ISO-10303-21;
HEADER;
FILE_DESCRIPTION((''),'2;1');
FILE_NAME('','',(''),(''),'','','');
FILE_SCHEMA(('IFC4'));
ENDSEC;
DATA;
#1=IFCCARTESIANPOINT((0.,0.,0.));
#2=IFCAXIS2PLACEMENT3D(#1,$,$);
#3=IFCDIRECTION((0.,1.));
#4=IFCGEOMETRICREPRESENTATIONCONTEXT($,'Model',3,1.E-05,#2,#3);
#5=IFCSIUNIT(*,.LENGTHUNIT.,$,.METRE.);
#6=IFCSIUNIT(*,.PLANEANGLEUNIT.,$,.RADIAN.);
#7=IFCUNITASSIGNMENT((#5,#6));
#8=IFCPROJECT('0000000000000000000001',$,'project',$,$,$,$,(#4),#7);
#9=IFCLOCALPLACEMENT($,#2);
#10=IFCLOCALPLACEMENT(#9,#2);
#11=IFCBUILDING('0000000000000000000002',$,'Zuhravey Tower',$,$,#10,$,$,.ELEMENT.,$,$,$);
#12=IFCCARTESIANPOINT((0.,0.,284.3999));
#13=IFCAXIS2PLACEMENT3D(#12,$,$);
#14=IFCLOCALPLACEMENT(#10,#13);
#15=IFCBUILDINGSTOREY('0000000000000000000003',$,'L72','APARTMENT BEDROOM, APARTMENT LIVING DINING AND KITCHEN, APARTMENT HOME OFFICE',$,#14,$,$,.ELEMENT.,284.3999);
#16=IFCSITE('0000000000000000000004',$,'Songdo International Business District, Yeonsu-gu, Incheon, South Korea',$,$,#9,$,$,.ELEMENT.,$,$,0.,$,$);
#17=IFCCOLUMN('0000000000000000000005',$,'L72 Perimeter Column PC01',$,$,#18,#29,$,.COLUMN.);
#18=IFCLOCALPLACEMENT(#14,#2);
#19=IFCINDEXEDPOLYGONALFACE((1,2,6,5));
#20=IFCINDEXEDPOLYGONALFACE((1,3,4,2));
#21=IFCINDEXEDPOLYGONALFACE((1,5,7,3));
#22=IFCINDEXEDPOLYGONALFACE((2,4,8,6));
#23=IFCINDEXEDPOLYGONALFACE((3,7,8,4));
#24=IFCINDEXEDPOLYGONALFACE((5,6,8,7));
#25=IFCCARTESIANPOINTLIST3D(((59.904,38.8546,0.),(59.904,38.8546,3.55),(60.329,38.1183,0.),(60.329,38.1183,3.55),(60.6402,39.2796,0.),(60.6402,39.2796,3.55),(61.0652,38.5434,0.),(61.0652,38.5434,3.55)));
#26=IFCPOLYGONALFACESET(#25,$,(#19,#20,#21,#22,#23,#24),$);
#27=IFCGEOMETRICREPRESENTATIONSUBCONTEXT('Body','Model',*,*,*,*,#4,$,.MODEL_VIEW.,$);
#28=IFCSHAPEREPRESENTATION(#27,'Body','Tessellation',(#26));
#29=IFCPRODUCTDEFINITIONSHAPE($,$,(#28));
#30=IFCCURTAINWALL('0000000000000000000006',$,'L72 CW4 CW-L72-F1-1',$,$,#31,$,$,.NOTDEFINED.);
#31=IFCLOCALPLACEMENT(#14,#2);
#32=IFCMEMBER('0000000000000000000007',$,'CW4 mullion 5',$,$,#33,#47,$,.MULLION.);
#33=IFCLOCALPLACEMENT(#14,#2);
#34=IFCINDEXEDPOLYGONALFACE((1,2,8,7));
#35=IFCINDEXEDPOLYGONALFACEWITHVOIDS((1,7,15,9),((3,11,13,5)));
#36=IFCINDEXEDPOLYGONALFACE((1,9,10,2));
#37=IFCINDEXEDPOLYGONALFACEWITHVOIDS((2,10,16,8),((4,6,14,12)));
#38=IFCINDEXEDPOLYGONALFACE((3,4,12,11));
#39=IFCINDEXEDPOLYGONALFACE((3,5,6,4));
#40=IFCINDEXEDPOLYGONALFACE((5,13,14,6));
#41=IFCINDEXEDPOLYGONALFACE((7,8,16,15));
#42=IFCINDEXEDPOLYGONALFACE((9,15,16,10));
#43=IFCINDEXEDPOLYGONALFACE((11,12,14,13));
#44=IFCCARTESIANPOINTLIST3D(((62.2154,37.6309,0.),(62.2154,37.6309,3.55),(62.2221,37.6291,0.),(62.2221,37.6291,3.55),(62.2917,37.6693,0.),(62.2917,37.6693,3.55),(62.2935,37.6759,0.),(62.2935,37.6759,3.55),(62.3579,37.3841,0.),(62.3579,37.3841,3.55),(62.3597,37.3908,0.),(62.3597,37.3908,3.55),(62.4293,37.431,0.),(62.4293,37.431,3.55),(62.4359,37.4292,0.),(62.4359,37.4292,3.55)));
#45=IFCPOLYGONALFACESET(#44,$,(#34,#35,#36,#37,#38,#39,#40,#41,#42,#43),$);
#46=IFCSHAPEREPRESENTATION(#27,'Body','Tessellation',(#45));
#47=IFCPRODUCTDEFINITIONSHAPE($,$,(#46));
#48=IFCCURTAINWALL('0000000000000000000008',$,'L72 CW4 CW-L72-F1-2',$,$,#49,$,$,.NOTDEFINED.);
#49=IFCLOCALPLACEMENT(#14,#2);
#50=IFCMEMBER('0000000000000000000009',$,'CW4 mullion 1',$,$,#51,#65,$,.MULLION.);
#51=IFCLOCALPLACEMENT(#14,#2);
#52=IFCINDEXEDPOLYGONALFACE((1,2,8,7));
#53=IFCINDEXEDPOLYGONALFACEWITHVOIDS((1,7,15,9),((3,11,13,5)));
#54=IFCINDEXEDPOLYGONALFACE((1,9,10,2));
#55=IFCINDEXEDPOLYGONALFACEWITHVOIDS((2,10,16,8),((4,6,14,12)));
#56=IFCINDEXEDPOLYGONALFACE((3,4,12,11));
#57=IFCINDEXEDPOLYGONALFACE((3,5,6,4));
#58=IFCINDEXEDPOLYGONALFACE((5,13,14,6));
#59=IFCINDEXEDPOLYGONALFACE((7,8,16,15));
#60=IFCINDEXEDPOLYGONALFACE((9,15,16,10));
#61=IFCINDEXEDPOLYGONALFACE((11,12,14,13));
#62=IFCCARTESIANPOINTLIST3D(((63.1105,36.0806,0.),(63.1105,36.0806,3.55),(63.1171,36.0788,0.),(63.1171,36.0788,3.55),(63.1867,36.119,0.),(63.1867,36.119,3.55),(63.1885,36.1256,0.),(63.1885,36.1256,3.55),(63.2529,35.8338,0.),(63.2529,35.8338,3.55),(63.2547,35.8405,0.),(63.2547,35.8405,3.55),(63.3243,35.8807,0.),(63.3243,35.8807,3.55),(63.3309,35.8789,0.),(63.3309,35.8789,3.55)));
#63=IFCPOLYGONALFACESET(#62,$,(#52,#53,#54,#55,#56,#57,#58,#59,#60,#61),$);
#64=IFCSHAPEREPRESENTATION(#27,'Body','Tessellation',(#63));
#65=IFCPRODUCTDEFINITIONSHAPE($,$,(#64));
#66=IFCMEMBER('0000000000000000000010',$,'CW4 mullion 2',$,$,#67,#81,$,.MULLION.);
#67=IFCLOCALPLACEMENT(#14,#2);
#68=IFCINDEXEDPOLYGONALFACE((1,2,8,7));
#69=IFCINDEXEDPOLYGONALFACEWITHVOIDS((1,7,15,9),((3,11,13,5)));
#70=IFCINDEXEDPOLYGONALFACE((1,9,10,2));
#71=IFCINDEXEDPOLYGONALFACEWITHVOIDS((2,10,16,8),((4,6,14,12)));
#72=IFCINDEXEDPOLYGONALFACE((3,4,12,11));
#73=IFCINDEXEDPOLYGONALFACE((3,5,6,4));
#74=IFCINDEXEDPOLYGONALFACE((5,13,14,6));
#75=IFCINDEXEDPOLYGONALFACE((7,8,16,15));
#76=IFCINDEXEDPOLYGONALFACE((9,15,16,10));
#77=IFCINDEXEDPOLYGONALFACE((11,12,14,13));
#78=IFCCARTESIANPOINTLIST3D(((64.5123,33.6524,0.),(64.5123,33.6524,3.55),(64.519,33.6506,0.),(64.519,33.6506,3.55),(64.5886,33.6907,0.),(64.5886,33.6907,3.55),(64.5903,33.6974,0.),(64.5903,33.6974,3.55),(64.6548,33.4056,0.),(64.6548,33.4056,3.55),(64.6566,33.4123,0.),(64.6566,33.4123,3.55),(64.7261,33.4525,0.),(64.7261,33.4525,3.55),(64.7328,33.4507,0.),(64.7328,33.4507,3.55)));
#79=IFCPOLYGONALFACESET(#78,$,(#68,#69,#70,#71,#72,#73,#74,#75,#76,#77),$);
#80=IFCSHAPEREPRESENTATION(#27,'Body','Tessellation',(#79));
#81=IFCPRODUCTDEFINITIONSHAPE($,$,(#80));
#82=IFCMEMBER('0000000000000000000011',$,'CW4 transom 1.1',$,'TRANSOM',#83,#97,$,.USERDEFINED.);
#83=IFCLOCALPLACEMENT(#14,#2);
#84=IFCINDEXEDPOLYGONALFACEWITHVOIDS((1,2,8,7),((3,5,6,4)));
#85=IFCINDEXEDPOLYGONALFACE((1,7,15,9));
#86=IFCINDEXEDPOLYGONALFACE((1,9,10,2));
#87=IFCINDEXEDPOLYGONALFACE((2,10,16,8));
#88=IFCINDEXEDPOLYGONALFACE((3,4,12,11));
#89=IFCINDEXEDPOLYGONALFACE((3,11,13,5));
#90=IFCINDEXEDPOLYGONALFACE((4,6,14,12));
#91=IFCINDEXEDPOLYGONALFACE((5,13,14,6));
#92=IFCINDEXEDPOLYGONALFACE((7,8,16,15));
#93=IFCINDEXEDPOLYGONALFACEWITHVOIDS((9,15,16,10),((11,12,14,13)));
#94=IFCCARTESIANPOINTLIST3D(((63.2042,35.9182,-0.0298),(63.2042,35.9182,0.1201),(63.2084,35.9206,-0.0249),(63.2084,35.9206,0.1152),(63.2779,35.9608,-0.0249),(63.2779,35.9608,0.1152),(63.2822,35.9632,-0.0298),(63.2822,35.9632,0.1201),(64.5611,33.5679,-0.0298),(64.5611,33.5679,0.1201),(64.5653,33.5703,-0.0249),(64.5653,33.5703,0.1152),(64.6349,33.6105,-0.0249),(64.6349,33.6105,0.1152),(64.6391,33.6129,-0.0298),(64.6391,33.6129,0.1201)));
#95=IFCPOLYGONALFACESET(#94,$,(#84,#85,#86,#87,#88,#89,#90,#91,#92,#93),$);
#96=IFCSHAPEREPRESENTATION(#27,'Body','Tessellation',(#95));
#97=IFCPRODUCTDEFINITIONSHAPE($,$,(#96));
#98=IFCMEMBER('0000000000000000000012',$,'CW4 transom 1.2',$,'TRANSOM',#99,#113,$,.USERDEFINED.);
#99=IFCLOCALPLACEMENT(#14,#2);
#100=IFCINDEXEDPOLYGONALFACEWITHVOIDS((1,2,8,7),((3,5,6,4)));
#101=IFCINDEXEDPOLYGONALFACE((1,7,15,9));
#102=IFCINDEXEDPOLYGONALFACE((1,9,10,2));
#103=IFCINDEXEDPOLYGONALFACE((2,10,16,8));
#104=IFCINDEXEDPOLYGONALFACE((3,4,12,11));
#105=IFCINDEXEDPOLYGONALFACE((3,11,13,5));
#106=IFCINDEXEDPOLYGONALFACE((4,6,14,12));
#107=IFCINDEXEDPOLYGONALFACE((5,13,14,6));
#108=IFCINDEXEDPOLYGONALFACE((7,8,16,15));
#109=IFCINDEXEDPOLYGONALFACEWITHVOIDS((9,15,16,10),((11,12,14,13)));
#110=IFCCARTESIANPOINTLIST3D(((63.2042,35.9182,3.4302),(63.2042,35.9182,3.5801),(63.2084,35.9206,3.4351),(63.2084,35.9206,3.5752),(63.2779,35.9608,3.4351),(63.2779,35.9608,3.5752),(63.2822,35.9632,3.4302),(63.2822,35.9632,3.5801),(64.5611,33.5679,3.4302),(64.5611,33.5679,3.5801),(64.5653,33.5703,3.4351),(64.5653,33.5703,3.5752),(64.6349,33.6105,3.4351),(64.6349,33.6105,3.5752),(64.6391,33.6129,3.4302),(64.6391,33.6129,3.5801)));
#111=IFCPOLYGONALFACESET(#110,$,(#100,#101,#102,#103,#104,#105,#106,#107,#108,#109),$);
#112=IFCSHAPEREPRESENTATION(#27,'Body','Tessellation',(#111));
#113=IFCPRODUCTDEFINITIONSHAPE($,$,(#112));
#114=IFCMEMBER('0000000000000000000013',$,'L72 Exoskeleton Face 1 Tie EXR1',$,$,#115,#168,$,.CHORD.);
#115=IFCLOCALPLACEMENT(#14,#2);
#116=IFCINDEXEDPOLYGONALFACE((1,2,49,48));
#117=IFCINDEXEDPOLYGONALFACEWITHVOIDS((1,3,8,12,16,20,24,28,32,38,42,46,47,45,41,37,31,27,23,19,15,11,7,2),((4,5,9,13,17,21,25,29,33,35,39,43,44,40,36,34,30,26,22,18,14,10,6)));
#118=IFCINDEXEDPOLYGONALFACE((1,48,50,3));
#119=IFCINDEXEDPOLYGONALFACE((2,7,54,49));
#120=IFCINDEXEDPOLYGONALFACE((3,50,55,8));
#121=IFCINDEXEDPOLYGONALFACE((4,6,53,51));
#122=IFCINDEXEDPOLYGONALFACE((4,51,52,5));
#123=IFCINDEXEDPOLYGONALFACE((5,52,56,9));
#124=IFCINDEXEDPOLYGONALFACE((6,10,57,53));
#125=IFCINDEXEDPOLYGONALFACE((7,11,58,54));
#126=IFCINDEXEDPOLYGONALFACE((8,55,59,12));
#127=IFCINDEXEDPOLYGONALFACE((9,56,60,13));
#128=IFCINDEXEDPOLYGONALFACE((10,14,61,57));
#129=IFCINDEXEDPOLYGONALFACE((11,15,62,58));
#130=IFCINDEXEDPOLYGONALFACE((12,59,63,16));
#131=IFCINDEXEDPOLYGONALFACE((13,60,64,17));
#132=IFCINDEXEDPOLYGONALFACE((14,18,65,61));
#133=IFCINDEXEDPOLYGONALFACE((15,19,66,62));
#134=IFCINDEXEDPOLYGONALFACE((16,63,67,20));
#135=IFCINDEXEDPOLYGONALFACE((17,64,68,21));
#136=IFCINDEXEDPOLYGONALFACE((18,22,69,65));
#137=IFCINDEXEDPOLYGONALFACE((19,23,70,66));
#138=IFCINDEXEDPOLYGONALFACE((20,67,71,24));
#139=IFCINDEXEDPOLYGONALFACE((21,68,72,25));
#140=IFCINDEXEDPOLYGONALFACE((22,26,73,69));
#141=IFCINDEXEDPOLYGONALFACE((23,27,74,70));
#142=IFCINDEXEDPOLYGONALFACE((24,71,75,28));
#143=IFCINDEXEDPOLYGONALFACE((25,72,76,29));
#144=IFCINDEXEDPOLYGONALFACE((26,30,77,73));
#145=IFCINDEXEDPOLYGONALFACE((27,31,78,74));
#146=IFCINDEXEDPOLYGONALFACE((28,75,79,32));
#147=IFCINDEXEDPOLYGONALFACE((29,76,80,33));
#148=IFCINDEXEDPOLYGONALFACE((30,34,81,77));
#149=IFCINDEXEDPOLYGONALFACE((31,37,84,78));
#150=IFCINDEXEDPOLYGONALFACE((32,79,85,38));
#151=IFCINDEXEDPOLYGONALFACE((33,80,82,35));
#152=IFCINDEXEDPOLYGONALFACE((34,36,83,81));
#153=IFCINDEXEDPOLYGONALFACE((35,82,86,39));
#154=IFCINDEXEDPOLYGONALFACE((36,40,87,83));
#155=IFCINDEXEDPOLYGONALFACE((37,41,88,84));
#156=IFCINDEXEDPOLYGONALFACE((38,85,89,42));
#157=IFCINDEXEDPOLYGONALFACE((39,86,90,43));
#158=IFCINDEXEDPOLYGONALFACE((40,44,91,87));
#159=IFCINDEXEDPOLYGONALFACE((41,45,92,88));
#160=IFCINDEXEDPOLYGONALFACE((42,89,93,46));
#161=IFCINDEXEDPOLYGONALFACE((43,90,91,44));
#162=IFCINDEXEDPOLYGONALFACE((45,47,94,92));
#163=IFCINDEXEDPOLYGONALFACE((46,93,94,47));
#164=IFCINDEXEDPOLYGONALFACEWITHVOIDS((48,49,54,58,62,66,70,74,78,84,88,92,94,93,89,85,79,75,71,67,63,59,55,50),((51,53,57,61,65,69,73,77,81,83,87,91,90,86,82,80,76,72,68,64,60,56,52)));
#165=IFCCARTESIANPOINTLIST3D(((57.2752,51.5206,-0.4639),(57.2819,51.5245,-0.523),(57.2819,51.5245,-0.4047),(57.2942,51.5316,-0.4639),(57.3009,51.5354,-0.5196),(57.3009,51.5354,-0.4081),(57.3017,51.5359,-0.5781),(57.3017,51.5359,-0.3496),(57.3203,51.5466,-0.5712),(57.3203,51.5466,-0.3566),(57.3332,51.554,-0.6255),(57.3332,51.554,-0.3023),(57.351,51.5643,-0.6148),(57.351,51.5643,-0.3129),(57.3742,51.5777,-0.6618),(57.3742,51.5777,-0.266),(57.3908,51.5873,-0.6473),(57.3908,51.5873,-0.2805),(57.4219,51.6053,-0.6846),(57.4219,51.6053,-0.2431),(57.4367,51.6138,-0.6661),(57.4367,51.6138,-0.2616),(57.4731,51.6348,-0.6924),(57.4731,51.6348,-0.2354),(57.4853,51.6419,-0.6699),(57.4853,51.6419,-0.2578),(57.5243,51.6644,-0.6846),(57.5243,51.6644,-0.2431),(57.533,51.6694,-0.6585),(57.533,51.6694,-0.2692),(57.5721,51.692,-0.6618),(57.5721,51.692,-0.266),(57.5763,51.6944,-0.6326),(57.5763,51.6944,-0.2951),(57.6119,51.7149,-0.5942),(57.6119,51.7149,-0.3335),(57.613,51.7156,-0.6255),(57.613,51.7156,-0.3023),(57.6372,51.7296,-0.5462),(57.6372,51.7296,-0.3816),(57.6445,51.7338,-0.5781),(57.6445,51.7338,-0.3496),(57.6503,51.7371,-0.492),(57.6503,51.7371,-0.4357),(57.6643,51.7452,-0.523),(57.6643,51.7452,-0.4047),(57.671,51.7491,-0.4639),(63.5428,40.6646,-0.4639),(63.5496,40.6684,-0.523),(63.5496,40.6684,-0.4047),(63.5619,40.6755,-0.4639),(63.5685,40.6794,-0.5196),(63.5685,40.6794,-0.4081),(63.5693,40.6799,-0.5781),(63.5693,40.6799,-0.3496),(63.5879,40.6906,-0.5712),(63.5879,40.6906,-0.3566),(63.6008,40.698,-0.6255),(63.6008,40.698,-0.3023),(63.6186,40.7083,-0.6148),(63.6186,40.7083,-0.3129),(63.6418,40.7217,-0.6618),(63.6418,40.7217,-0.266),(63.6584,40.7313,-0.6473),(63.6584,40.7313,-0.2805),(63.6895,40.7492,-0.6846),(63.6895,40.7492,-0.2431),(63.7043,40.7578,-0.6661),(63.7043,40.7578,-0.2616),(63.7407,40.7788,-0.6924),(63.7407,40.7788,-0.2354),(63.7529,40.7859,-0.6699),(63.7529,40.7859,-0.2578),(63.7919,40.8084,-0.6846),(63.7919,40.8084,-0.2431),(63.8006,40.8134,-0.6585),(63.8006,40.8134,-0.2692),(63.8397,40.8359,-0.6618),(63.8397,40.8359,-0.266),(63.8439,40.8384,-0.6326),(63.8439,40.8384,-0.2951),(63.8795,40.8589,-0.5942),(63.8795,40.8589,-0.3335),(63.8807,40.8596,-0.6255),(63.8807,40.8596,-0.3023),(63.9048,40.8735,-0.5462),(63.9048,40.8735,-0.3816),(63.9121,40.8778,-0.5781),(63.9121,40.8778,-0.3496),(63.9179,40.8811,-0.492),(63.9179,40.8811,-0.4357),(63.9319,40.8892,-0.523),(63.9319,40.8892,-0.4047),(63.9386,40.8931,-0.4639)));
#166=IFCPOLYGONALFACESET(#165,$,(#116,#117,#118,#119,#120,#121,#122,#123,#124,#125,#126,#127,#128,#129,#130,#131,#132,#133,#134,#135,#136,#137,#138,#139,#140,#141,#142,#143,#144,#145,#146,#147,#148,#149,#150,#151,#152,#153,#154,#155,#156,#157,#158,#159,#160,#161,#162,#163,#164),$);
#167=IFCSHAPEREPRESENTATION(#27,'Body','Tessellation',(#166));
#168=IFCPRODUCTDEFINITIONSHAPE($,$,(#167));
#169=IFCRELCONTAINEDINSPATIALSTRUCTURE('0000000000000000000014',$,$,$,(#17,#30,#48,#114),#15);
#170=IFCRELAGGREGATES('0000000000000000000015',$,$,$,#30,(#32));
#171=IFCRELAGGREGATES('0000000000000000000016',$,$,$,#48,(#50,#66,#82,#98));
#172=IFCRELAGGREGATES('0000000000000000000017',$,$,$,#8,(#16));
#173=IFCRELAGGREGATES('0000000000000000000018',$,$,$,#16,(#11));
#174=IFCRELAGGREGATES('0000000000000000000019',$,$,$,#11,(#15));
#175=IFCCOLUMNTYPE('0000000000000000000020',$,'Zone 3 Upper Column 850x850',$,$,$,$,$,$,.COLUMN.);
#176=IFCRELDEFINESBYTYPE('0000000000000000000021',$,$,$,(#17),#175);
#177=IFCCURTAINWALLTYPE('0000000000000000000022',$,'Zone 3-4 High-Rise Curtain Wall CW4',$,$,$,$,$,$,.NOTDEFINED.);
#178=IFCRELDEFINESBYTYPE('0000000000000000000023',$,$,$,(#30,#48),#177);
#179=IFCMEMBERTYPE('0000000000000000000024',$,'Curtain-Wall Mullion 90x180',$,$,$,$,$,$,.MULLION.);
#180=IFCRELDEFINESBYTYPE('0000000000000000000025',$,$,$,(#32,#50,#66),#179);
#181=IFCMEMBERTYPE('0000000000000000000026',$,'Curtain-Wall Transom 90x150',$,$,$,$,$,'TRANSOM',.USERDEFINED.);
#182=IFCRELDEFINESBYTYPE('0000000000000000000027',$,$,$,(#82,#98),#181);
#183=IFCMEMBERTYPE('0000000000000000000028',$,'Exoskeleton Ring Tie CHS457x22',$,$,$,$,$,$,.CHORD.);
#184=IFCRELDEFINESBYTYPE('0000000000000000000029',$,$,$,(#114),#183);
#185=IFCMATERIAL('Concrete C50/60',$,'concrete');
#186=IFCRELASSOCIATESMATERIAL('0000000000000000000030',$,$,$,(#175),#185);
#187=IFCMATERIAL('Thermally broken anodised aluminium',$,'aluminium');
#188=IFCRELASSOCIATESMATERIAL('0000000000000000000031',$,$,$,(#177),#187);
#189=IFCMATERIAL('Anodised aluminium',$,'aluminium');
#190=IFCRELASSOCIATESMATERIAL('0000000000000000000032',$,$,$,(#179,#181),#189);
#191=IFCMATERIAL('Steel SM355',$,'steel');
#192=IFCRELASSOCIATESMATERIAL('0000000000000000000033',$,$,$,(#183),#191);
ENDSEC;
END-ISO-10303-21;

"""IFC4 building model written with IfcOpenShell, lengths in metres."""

from ifc_helpers import new_model, si_unit, direction, frame, origin, origin_2d, place, context, subcontext, project, spatial, rectangle, hollow_rectangle, hollow_circle, extrude, material, material_profile, profile_set, type_object, element, aggregate, save


model = new_model("IFC4")

# Units and contexts
model_context = context("Model", 3, precision=1e-05, world=origin(), true_north=direction((0.0, 1.0)))
body_context = subcontext(model_context, "Body", "Model", "MODEL_VIEW")
ifc_project = project(units=[si_unit("LENGTHUNIT", "METRE"), si_unit("PLANEANGLEUNIT", "RADIAN")], contexts=[model_context])

# Site, building, storey
site_placement = place(None, origin())
site = spatial("IfcSite", under=ifc_project, at=site_placement, Name="Songdo International Business District, Yeonsu-gu, Incheon, South Korea", CompositionType="ELEMENT", RefElevation=0.0)
building_placement = place(site_placement, origin())
building = spatial("IfcBuilding", under=site, at=building_placement, Name="Zuhravey Tower", CompositionType="ELEMENT")
storey_placement = place(building_placement, frame((0.0, 0.0, 284.3999)))
storey = spatial("IfcBuildingStorey", under=building, at=storey_placement, Name="L72", Description="APARTMENT BEDROOM, APARTMENT LIVING DINING AND KITCHEN, APARTMENT HOME OFFICE", CompositionType="ELEMENT", Elevation=284.3999)

# Column
ifc_material_1 = material(Name="Concrete C50/60", Category="concrete")
ifc_material_profile_1 = material_profile(ifc_material_1, rectangle(XDim=0.8501, YDim=0.8501, at=origin_2d()), Name="RC-850x850")
ifc_profile_set_1 = profile_set([ifc_material_profile_1], Name="Concrete C50/60")
column_type = type_object("IfcColumnType", Name="Zone 3 Upper Column 850x850", PredefinedType="COLUMN", material=ifc_profile_set_1)
column_placement = place(storey_placement, frame((60.4846, 38.699, 0.0), z_axis=(0.0, 0.0, 1.0), x_axis=(-0.5, 0.866025, 0.0)))
element("IfcColumn", 1, at=column_placement, inside=storey, type_object=column_type, Name="L72 Perimeter Column PC01", PredefinedType="COLUMN", context=body_context, shape_type="SweptSolid", body=[
    extrude(rectangle(XDim=0.8501, YDim=0.8501, at=origin_2d()), origin(), (0.0, 0.0, 1.0), 3.55),
])

# Curtain wall, member
ifc_material_2 = material(Name="Thermally broken anodised aluminium", Category="aluminium")
curtain_wall_type = type_object("IfcCurtainWallType", Name="Zone 3-4 High-Rise Curtain Wall CW4", PredefinedType="NOTDEFINED", material=ifc_material_2)
curtain_wall_1_placement = place(storey_placement, origin())
curtain_wall_1 = element("IfcCurtainWall", 2, at=curtain_wall_1_placement, inside=storey, type_object=curtain_wall_type, Name="L72 CW4 CW-L72-F1-1", PredefinedType="NOTDEFINED")
ifc_material_3 = material(Name="Anodised aluminium", Category="aluminium")
ifc_material_profile_2 = material_profile(ifc_material_3, hollow_rectangle(XDim=0.0901, YDim=0.2849, WallThickness=0.0049, at=origin_2d()), Name="ALU-RHS-90x285x5")
ifc_profile_set_2 = profile_set([ifc_material_profile_2], Name="Anodised aluminium")
member_type_1 = type_object("IfcMemberType", Name="Curtain-Wall Mullion 90x180", PredefinedType="MULLION", material=ifc_profile_set_2)
member_1_placement = place(storey_placement, frame((62.3257, 37.53, 0.0), z_axis=(0.0, 0.0, 1.0), x_axis=(0.866025, 0.500001, 0.0)))
member_1 = element("IfcMember", 3, at=member_1_placement, type_object=member_type_1, Name="CW4 mullion 5", PredefinedType="MULLION", context=body_context, shape_type="SweptSolid", body=[
    extrude(hollow_rectangle(XDim=0.0901, YDim=0.2849, WallThickness=0.0049, at=origin_2d()), origin(), (0.0, 0.0, 1.0), 3.55),
])

# Curtain wall, members
curtain_wall_2_placement = place(storey_placement, origin())
curtain_wall_2 = element("IfcCurtainWall", 4, at=curtain_wall_2_placement, inside=storey, type_object=curtain_wall_type, Name="L72 CW4 CW-L72-F1-2", PredefinedType="NOTDEFINED")
member_2_placement = place(storey_placement, frame((63.2207, 35.9797, 0.0), z_axis=(0.0, 0.0, 1.0), x_axis=(0.866019, 0.500012, 0.0)))
member_2 = element("IfcMember", 5, at=member_2_placement, type_object=member_type_1, Name="CW4 mullion 1", PredefinedType="MULLION", context=body_context, shape_type="SweptSolid", body=[
    extrude(hollow_rectangle(XDim=0.0901, YDim=0.2849, WallThickness=0.0049, at=origin_2d()), origin(), (0.0, 0.0, 1.0), 3.55),
])
member_3_placement = place(storey_placement, frame((64.6226, 33.5515, 0.0), z_axis=(0.0, 0.0, 1.0), x_axis=(0.866019, 0.500012, 0.0)))
member_3 = element("IfcMember", 6, at=member_3_placement, type_object=member_type_1, Name="CW4 mullion 2", PredefinedType="MULLION", context=body_context, shape_type="SweptSolid", body=[
    extrude(hollow_rectangle(XDim=0.0901, YDim=0.2849, WallThickness=0.0049, at=origin_2d()), origin(), (0.0, 0.0, 1.0), 3.55),
])
ifc_material_profile_3 = material_profile(ifc_material_3, hollow_rectangle(XDim=0.0901, YDim=0.1499, WallThickness=0.0049, at=origin_2d()), Name="ALU-RHS-90x150x5")
ifc_profile_set_3 = profile_set([ifc_material_profile_3], Name="Anodised aluminium")
member_type_2 = type_object("IfcMemberType", Name="Curtain-Wall Transom 90x150", ElementType="TRANSOM", PredefinedType="USERDEFINED", material=ifc_profile_set_3)
member_4_placement = place(storey_placement, frame((63.2432, 35.9407, 0.0452), z_axis=(0.49999, -0.866031, 0.0), x_axis=(0.866031, 0.49999, 0.0)))
member_4 = element("IfcMember", 7, at=member_4_placement, type_object=member_type_2, Name="CW4 transom 1.1", ObjectType="TRANSOM", PredefinedType="USERDEFINED", context=body_context, shape_type="SweptSolid", body=[
    extrude(hollow_rectangle(XDim=0.0901, YDim=0.1499, WallThickness=0.0049, at=origin_2d()), origin(), (0.0, 0.0, 1.0), 2.7139),
])
member_5_placement = place(storey_placement, frame((63.2432, 35.9407, 3.5051), z_axis=(0.49999, -0.866031, 0.0), x_axis=(0.866031, 0.49999, 0.0)))
member_5 = element("IfcMember", 8, at=member_5_placement, type_object=member_type_2, Name="CW4 transom 1.2", ObjectType="TRANSOM", PredefinedType="USERDEFINED", context=body_context, shape_type="SweptSolid", body=[
    extrude(hollow_rectangle(XDim=0.0901, YDim=0.1499, WallThickness=0.0049, at=origin_2d()), origin(), (0.0, 0.0, 1.0), 2.7139),
])

# Member
ifc_material_4 = material(Name="Steel SM355", Category="steel")
ifc_material_profile_4 = material_profile(ifc_material_4, hollow_circle(Radius=0.2285, WallThickness=0.022, at=origin_2d()), Name="CHS-457.2x22")
ifc_profile_set_4 = profile_set([ifc_material_profile_4], Name="Steel SM355")
member_type_3 = type_object("IfcMemberType", Name="Exoskeleton Ring Tie CHS457x22", PredefinedType="CHORD", material=ifc_profile_set_4)
member_6_placement = place(storey_placement, frame((63.7407, 40.7788, -0.4639), z_axis=(-0.499993, 0.866029, 0.0), x_axis=(-0.866029, -0.499993, 0.0)))
element("IfcMember", 9, at=member_6_placement, inside=storey, type_object=member_type_3, Name="L72 Exoskeleton Face 1 Tie EXR1", PredefinedType="CHORD", context=body_context, shape_type="SweptSolid", body=[
    extrude(hollow_circle(Radius=0.2285, WallThickness=0.022, at=origin_2d()), origin(), (0.0, 0.0, 1.0), 12.5354),
])

aggregate(curtain_wall_1, [member_1])
aggregate(curtain_wall_2, [member_2, member_3, member_4, member_5])

save(model, "model.ifc")
